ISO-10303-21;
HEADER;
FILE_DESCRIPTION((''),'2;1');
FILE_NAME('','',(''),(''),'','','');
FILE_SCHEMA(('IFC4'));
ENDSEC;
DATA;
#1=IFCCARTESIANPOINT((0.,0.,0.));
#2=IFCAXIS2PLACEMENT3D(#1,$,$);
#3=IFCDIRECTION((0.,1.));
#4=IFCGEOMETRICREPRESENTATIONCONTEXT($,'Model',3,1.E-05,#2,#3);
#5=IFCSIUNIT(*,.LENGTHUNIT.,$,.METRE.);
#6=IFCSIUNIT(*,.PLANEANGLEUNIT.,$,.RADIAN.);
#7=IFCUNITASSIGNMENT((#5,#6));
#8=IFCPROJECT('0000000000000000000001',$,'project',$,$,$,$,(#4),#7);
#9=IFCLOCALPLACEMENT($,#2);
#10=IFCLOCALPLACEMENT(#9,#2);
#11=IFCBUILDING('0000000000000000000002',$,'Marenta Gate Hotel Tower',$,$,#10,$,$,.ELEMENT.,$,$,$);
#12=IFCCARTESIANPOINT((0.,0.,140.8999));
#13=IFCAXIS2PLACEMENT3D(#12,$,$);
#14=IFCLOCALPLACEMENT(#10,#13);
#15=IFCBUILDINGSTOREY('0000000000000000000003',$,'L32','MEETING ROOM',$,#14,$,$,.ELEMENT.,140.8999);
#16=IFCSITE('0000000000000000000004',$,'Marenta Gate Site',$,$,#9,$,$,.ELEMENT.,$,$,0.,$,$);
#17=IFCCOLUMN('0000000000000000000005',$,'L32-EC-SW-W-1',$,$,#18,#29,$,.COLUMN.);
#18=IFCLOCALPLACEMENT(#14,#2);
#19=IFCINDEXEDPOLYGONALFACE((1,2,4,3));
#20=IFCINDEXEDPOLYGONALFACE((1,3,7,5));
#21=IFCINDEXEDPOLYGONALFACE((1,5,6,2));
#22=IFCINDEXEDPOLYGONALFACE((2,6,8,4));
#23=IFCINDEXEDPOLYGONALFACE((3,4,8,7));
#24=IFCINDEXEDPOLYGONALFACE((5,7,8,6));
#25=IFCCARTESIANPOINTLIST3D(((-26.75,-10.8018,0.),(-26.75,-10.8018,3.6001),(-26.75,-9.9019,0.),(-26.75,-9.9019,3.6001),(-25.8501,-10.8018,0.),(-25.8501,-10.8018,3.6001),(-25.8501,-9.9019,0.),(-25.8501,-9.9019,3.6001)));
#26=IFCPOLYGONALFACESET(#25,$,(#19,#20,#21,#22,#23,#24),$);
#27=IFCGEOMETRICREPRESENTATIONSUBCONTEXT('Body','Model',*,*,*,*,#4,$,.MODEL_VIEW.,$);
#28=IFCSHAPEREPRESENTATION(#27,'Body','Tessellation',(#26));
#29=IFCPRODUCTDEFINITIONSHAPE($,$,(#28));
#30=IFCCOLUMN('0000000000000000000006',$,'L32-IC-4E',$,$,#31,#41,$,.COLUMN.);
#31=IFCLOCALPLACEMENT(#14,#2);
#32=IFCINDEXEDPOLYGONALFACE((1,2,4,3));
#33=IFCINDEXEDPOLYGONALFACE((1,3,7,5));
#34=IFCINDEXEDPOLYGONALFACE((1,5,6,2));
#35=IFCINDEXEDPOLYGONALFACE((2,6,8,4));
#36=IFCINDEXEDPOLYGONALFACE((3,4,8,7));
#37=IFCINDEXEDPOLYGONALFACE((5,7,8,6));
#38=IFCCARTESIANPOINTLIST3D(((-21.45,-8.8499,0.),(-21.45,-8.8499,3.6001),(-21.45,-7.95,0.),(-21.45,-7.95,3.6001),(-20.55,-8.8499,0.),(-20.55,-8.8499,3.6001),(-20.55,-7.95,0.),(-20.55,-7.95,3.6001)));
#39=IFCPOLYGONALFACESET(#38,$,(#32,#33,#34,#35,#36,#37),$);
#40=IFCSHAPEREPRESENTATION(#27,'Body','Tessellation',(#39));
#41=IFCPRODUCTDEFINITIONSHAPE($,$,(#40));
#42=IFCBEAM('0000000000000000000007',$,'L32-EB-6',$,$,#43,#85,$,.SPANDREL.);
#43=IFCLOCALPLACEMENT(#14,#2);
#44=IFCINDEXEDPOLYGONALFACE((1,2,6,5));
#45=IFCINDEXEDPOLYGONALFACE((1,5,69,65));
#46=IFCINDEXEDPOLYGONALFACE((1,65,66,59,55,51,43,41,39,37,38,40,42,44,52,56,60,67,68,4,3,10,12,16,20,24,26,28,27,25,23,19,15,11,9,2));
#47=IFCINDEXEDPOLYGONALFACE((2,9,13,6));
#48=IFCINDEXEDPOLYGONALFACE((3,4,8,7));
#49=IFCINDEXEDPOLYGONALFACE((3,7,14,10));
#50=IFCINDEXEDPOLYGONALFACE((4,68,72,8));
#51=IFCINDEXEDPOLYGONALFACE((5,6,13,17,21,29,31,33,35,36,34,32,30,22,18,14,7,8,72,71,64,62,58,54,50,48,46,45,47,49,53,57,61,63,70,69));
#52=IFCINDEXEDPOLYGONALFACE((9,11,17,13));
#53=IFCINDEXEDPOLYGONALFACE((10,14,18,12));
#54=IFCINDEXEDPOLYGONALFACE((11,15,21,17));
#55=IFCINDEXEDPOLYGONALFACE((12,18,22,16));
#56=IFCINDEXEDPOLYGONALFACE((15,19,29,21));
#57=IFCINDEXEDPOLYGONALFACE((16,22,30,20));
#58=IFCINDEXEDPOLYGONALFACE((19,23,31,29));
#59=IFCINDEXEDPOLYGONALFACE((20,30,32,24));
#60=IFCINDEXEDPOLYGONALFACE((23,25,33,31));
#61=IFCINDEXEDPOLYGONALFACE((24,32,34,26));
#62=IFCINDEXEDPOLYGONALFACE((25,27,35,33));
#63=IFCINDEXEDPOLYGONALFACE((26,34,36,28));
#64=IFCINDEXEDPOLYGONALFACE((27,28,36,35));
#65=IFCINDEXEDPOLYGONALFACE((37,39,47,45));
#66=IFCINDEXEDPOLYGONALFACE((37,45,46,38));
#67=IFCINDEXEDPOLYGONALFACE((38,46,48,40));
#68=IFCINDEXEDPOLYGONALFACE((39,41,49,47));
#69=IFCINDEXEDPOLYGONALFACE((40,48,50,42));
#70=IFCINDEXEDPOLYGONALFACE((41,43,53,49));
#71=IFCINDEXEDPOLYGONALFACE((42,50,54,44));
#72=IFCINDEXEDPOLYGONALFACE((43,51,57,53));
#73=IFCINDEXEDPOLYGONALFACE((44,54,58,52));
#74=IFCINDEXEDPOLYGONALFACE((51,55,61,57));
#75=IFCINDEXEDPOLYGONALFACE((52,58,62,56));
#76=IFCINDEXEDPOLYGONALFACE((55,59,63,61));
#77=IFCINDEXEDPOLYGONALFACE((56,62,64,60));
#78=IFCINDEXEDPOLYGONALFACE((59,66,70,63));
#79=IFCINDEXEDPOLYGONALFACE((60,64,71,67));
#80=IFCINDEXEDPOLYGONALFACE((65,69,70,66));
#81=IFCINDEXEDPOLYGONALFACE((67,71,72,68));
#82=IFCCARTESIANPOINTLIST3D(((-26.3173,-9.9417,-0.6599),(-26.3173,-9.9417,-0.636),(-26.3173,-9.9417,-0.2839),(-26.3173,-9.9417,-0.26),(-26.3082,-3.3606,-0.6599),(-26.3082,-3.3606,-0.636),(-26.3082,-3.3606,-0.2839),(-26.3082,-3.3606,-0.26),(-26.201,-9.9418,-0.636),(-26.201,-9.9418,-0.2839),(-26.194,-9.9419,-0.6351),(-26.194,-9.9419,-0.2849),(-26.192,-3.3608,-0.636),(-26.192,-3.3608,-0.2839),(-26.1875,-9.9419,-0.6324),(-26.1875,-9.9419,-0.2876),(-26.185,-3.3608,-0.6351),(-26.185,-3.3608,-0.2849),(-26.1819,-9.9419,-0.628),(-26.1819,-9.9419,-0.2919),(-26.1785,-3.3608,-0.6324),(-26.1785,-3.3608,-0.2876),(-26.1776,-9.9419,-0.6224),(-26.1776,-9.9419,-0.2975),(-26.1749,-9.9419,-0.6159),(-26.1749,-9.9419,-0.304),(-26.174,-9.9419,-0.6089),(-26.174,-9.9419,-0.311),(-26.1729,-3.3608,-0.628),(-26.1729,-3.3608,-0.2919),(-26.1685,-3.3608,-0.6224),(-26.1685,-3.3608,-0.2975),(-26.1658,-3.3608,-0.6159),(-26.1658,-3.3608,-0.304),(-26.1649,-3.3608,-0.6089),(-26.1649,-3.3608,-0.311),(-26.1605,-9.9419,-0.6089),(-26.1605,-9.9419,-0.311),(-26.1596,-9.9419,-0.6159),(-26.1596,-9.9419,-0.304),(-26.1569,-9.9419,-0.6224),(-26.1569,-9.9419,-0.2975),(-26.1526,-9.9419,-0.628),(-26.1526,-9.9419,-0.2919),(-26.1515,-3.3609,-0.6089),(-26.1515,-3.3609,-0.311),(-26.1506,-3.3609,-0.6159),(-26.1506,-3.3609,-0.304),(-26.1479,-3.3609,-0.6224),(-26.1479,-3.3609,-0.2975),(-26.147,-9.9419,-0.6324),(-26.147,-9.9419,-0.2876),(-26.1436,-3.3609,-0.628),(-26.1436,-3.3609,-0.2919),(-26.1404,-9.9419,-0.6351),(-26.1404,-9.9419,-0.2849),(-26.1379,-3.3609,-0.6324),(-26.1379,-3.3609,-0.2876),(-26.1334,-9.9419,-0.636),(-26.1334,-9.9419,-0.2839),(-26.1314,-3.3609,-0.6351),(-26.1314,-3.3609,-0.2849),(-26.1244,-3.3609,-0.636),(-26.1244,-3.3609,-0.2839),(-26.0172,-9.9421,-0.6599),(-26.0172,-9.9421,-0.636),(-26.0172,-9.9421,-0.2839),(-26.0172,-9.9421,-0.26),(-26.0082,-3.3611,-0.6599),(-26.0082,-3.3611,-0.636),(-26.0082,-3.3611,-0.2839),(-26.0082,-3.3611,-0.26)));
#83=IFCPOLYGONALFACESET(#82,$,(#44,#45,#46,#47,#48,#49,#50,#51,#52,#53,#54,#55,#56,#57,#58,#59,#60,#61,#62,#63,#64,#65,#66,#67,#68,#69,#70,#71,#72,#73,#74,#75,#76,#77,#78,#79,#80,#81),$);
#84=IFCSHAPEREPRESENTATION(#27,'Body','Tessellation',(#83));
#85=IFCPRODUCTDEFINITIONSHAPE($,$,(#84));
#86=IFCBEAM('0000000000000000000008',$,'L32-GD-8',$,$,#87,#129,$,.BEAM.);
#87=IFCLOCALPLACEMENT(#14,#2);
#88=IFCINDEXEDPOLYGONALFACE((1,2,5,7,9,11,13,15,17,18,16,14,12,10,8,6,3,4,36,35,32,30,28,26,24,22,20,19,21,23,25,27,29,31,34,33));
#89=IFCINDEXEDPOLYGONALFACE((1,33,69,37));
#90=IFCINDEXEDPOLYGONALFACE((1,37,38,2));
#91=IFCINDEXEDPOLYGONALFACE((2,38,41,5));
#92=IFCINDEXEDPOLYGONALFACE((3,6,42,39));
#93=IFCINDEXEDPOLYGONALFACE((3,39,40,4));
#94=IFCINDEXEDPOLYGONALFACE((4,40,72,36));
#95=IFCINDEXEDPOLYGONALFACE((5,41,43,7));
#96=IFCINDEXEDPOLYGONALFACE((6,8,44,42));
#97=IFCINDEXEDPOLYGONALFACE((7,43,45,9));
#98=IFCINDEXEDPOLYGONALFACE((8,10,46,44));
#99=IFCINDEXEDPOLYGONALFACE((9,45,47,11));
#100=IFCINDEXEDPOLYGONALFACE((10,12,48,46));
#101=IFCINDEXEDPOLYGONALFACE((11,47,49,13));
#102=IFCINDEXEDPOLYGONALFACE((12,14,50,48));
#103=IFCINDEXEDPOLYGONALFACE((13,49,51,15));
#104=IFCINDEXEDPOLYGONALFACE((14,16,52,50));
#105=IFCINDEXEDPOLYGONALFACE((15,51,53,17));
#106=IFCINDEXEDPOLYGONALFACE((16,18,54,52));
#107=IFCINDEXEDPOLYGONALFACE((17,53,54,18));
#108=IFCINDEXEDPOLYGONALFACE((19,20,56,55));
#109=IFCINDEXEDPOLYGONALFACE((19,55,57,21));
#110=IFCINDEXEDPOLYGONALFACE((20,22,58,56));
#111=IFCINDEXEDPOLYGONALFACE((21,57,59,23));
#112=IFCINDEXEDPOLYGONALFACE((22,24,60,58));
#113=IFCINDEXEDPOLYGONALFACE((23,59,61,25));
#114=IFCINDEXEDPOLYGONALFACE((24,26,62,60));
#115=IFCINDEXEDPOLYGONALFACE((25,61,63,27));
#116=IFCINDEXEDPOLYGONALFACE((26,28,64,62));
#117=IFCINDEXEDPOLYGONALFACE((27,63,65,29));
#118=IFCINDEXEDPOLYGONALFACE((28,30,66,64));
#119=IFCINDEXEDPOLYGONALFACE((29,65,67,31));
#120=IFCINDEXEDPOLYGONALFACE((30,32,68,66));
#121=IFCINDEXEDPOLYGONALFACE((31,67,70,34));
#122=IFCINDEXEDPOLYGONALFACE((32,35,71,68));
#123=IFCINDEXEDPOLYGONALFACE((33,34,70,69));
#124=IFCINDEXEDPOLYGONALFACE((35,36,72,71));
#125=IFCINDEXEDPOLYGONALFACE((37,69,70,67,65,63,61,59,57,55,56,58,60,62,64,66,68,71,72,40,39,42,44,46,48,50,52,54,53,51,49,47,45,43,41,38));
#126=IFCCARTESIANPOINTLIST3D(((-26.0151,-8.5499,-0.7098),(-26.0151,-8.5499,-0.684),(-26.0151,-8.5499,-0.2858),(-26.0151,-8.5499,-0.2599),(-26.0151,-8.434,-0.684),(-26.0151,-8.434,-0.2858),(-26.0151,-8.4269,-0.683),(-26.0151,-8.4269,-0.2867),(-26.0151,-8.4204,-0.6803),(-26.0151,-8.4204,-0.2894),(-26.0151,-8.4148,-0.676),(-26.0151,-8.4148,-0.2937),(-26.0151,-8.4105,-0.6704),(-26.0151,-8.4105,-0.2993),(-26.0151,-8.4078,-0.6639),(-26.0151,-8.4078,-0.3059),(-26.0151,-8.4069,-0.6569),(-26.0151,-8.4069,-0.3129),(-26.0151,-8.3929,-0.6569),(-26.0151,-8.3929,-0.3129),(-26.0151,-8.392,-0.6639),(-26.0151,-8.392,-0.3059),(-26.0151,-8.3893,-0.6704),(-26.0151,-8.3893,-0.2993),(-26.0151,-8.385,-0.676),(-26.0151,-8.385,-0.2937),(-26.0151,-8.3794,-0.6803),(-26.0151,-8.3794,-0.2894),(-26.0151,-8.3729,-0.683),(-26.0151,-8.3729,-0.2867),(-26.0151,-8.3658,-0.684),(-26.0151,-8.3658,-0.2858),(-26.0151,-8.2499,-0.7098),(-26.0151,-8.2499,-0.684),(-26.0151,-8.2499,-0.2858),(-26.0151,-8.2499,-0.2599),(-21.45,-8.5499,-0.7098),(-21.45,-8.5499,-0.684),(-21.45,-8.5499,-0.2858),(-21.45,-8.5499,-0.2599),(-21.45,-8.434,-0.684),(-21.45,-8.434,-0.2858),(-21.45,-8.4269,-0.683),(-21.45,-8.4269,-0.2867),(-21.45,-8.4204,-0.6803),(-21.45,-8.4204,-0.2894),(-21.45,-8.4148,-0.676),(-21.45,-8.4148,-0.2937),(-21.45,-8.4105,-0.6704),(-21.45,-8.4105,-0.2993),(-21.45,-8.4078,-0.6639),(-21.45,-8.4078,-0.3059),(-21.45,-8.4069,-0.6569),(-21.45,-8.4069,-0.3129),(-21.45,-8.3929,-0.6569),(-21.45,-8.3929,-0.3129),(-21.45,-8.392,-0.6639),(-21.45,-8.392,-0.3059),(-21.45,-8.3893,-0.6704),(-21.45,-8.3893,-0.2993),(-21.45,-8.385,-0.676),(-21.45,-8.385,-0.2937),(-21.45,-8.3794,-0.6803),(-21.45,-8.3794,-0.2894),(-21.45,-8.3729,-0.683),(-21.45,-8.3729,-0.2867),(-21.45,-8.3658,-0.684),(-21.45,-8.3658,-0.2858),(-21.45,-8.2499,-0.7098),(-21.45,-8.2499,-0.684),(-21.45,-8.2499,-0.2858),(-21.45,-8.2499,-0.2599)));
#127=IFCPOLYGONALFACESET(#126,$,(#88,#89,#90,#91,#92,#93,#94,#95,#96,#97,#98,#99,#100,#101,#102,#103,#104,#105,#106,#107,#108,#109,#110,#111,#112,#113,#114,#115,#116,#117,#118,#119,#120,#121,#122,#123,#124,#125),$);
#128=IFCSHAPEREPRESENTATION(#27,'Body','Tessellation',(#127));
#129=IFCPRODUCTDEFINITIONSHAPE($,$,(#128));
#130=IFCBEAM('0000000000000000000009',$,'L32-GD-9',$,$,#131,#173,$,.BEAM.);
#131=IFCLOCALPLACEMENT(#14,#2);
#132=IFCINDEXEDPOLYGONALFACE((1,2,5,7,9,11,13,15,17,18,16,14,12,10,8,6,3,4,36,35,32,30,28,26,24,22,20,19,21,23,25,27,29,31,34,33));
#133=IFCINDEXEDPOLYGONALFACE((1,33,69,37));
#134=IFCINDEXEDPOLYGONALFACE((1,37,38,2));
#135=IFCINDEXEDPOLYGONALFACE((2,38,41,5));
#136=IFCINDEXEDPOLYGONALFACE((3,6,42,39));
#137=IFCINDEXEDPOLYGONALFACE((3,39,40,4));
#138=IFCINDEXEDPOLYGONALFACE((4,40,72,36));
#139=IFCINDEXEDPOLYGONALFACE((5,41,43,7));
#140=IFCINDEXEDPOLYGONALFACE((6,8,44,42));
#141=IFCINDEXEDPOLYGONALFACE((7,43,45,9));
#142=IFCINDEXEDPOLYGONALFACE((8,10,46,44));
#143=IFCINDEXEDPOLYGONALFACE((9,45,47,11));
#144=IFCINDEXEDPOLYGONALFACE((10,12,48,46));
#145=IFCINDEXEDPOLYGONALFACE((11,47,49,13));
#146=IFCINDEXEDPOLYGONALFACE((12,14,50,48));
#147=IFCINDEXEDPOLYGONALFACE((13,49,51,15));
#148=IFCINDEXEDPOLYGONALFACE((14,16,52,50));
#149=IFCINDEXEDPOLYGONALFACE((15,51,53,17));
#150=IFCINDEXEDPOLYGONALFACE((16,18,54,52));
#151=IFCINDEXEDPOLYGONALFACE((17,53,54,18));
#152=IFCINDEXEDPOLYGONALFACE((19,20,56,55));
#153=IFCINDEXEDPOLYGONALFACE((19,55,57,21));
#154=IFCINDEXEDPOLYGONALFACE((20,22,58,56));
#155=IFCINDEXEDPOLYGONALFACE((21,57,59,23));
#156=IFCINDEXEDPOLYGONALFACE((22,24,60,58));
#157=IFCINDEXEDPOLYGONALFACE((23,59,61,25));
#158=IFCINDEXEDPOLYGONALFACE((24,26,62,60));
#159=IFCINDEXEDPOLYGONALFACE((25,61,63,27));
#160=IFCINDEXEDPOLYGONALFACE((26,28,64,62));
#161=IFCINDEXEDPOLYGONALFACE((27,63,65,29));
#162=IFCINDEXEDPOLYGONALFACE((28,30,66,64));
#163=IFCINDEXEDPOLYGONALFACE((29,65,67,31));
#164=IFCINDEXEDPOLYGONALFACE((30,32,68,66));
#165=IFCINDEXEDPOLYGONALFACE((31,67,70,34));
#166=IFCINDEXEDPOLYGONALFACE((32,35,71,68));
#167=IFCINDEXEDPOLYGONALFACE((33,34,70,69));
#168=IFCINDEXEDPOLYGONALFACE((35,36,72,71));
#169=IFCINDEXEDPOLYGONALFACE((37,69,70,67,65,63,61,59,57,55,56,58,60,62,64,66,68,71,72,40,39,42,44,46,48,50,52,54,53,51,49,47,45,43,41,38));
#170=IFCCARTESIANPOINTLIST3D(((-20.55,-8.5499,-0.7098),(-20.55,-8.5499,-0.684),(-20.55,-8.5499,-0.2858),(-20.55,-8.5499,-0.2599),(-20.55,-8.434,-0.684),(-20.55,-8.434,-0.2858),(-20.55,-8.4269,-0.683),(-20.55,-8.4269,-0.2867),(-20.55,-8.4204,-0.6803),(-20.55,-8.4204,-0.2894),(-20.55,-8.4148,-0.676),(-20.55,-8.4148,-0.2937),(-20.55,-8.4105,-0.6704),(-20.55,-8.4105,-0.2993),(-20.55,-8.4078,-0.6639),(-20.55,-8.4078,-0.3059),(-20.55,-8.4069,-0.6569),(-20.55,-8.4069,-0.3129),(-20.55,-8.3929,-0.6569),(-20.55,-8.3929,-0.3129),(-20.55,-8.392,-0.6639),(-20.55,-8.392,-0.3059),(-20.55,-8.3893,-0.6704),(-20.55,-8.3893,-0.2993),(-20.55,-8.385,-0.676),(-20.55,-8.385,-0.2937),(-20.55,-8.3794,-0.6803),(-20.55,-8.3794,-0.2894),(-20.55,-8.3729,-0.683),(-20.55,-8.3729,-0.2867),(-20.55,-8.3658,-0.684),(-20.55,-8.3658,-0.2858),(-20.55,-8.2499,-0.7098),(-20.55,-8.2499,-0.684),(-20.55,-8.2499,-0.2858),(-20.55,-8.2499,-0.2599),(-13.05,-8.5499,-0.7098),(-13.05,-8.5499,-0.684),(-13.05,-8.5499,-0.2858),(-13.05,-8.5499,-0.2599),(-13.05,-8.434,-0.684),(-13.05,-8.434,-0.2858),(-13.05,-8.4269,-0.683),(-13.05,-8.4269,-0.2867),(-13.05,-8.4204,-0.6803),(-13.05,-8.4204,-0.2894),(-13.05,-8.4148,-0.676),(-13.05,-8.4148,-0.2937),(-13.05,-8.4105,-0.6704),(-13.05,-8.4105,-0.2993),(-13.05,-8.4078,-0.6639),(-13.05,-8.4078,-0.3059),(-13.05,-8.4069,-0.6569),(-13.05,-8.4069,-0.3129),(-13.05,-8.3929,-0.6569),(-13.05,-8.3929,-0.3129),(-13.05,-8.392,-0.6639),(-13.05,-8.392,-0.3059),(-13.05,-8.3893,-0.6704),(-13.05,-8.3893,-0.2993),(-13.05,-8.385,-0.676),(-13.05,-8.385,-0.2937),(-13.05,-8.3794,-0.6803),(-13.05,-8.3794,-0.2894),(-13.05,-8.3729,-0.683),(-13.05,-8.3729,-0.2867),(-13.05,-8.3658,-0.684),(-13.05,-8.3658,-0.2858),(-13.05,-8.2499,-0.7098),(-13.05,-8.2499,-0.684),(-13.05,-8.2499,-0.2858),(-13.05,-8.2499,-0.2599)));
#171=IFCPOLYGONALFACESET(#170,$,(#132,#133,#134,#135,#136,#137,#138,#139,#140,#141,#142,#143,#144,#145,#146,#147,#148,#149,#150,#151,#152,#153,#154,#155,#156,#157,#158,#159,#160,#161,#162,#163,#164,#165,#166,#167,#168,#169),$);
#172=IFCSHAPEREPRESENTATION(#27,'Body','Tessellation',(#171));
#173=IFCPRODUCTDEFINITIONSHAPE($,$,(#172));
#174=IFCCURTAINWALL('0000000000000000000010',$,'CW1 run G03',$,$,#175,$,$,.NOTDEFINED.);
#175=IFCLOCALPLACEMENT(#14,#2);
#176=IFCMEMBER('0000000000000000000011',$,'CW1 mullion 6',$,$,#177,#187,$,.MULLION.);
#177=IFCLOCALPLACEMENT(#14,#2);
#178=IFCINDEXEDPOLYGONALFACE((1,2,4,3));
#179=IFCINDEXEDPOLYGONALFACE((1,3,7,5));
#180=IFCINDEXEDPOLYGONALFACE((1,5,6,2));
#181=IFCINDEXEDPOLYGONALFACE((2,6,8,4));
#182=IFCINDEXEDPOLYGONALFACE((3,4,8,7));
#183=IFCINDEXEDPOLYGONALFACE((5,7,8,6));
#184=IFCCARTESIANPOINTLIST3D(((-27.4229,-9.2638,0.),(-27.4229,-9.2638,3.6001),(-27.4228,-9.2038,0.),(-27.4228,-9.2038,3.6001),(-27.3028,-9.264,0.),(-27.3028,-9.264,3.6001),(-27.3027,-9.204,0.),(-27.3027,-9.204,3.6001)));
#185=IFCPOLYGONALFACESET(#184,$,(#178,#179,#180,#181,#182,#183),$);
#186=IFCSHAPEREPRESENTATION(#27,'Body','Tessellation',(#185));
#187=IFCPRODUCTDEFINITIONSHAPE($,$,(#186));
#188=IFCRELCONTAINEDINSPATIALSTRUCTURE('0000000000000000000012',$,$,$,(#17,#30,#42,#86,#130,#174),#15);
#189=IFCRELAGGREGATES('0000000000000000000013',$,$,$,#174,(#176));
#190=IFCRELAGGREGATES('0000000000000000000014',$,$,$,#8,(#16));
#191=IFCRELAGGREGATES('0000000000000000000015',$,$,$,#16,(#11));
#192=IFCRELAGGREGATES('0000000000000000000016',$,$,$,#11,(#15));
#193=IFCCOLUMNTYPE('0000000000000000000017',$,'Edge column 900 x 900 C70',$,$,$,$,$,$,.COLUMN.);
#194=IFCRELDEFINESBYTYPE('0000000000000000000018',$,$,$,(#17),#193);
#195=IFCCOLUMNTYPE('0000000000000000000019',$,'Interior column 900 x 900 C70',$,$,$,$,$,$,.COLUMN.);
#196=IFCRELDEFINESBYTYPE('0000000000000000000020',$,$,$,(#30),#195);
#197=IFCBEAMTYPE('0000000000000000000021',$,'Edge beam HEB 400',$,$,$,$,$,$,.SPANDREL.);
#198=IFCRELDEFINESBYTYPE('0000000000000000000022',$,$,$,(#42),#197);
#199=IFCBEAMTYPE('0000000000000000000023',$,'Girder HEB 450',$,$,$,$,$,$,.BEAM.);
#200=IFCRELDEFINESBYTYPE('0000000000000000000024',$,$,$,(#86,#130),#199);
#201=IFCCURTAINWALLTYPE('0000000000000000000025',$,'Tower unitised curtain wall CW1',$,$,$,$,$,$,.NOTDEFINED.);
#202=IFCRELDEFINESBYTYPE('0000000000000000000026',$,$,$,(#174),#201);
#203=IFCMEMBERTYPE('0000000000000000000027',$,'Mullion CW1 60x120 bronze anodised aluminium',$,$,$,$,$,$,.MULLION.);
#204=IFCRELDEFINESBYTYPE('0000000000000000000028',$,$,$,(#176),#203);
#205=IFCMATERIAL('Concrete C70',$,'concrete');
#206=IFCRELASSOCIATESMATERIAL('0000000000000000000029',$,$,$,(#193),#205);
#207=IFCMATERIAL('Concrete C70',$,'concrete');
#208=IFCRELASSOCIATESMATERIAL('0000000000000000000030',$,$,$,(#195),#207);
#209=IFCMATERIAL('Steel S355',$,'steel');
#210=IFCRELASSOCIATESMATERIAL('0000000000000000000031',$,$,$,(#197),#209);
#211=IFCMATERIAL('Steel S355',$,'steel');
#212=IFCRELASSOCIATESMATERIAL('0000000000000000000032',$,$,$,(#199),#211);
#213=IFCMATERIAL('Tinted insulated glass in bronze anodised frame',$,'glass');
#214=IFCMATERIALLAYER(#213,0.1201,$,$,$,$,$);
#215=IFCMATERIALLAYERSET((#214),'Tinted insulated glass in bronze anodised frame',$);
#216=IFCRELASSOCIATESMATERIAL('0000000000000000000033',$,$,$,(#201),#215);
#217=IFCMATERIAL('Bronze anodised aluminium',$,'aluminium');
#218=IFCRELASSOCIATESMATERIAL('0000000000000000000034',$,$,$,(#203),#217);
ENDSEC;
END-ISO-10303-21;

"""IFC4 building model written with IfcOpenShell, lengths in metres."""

from ifc_helpers import new_model, si_unit, direction, frame, origin, origin_2d, place, context, subcontext, project, spatial, rectangle, i_section, extrude, material, layer, layer_set, material_profile, profile_set, type_object, element, aggregate, save


model = new_model("IFC4")

# Units and contexts
model_context = context("Model", 3, precision=1e-05, world=origin(), true_north=direction((0.0, 1.0)))
body_context = subcontext(model_context, "Body", "Model", "MODEL_VIEW")
ifc_project = project(units=[si_unit("LENGTHUNIT", "METRE"), si_unit("PLANEANGLEUNIT", "RADIAN")], contexts=[model_context])

# Site, building, storey
site_placement = place(None, origin())
site = spatial("IfcSite", under=ifc_project, at=site_placement, Name="Marenta Gate Site", CompositionType="ELEMENT", RefElevation=0.0)
building_placement = place(site_placement, origin())
building = spatial("IfcBuilding", under=site, at=building_placement, Name="Marenta Gate Hotel Tower", CompositionType="ELEMENT")
storey_placement = place(building_placement, frame((0.0, 0.0, 140.8999)))
storey = spatial("IfcBuildingStorey", under=building, at=storey_placement, Name="L32", Description="MEETING ROOM", CompositionType="ELEMENT", Elevation=140.8999)

# Columns
ifc_material_1 = material(Name="Concrete C70", Category="concrete")
ifc_material_profile_1 = material_profile(ifc_material_1, rectangle(XDim=0.8999, YDim=0.8999, at=origin_2d()), Name="900 x 900")
ifc_profile_set_1 = profile_set([ifc_material_profile_1], Name="Concrete C70")
column_type_1 = type_object("IfcColumnType", Name="Edge column 900 x 900 C70", PredefinedType="COLUMN", material=ifc_profile_set_1)
column_1_placement = place(storey_placement, frame((-26.3, -10.3518, 0.0), z_axis=(0.0, 0.0, 1.0), x_axis=(1.0, 0.0, 0.0)))
element("IfcColumn", 1, at=column_1_placement, inside=storey, type_object=column_type_1, Name="L32-EC-SW-W-1", PredefinedType="COLUMN", context=body_context, shape_type="SweptSolid", body=[
    extrude(rectangle(XDim=0.8999, YDim=0.8999, at=origin_2d()), origin(), (0.0, 0.0, 1.0), 3.6001),
])
ifc_material_2 = material(Name="Concrete C70", Category="concrete")
ifc_material_profile_2 = material_profile(ifc_material_2, rectangle(XDim=0.8999, YDim=0.8999, at=origin_2d()), Name="900 x 900")
ifc_profile_set_2 = profile_set([ifc_material_profile_2], Name="Concrete C70")
column_type_2 = type_object("IfcColumnType", Name="Interior column 900 x 900 C70", PredefinedType="COLUMN", material=ifc_profile_set_2)
column_2_placement = place(storey_placement, frame((-21.0, -8.3999, 0.0), z_axis=(0.0, 0.0, 1.0), x_axis=(1.0, 0.0, 0.0)))
element("IfcColumn", 2, at=column_2_placement, inside=storey, type_object=column_type_2, Name="L32-IC-4E", PredefinedType="COLUMN", context=body_context, shape_type="SweptSolid", body=[
    extrude(rectangle(XDim=0.8999, YDim=0.8999, at=origin_2d()), origin(), (0.0, 0.0, 1.0), 3.6001),
])

# Beams
ifc_material_3 = material(Name="Steel S355", Category="steel")
ifc_material_profile_3 = material_profile(ifc_material_3, i_section(OverallWidth=0.3, OverallDepth=0.3999, WebThickness=0.0134, FlangeThickness=0.0239, FilletRadius=0.0271, at=origin_2d()), Name="HEB 400")
ifc_profile_set_3 = profile_set([ifc_material_profile_3], Name="Steel S355")
beam_type_1 = type_object("IfcBeamType", Name="Edge beam HEB 400", PredefinedType="SPANDREL", material=ifc_profile_set_3)
beam_1_placement = place(storey_placement, frame((-26.1672, -9.9419, -0.46), z_axis=(0.001373, 0.999999, 0.0), x_axis=(-0.999999, 0.001373, 0.0)))
element("IfcBeam", 3, at=beam_1_placement, inside=storey, type_object=beam_type_1, Name="L32-EB-6", PredefinedType="SPANDREL", context=body_context, shape_type="SweptSolid", body=[
    extrude(i_section(OverallWidth=0.3, OverallDepth=0.3999, WebThickness=0.0134, FlangeThickness=0.0239, FilletRadius=0.0271, at=origin_2d()), origin(), (0.0, 0.0, 1.0), 6.5811),
])
ifc_material_4 = material(Name="Steel S355", Category="steel")
ifc_material_profile_4 = material_profile(ifc_material_4, i_section(OverallWidth=0.3, OverallDepth=0.45, WebThickness=0.0139, FlangeThickness=0.0259, FilletRadius=0.0271, at=origin_2d()), Name="HEB 450")
ifc_profile_set_4 = profile_set([ifc_material_profile_4], Name="Steel S355")
beam_type_2 = type_object("IfcBeamType", Name="Girder HEB 450", PredefinedType="BEAM", material=ifc_profile_set_4)
beam_2_placement = place(storey_placement, frame((-26.0151, -8.3999, -0.4849), z_axis=(1.0, 0.0, 0.0), x_axis=(0.0, 1.0, 0.0)))
element("IfcBeam", 4, at=beam_2_placement, inside=storey, type_object=beam_type_2, Name="L32-GD-8", PredefinedType="BEAM", context=body_context, shape_type="SweptSolid", body=[
    extrude(i_section(OverallWidth=0.3, OverallDepth=0.45, WebThickness=0.0139, FlangeThickness=0.0259, FilletRadius=0.0271, at=origin_2d()), origin(), (0.0, 0.0, 1.0), 4.5652),
])
beam_3_placement = place(storey_placement, frame((-20.55, -8.3999, -0.4849), z_axis=(1.0, 0.0, 0.0), x_axis=(0.0, 1.0, 0.0)))
element("IfcBeam", 5, at=beam_3_placement, inside=storey, type_object=beam_type_2, Name="L32-GD-9", PredefinedType="BEAM", context=body_context, shape_type="SweptSolid", body=[
    extrude(i_section(OverallWidth=0.3, OverallDepth=0.45, WebThickness=0.0139, FlangeThickness=0.0259, FilletRadius=0.0271, at=origin_2d()), origin(), (0.0, 0.0, 1.0), 7.5),
])

# Curtain wall, member
ifc_material_5 = material(Name="Tinted insulated glass in bronze anodised frame", Category="glass")
ifc_layer_1 = layer(ifc_material_5, 0.1201)
ifc_layer_set_1 = layer_set([ifc_layer_1], Name="Tinted insulated glass in bronze anodised frame")
curtain_wall_type = type_object("IfcCurtainWallType", Name="Tower unitised curtain wall CW1", PredefinedType="NOTDEFINED", material=ifc_layer_set_1)
curtain_wall_placement = place(storey_placement, origin())
curtain_wall = element("IfcCurtainWall", 6, at=curtain_wall_placement, inside=storey, type_object=curtain_wall_type, Name="CW1 run G03", PredefinedType="NOTDEFINED")
ifc_material_6 = material(Name="Bronze anodised aluminium", Category="aluminium")
ifc_material_profile_5 = material_profile(ifc_material_6, rectangle(XDim=0.1201, YDim=0.0601, at=origin_2d()), Name="Mullion CW1 60x120 bronze anodised aluminium")
ifc_profile_set_5 = profile_set([ifc_material_profile_5], Name="Bronze anodised aluminium")
member_type_1 = type_object("IfcMemberType", Name="Mullion CW1 60x120 bronze anodised aluminium", PredefinedType="MULLION", material=ifc_profile_set_5)
member_1_placement = place(storey_placement, frame((-27.3628, -9.2339, 0.0), z_axis=(0.0, 0.0, 1.0), x_axis=(0.999999, -0.001566, 0.0)))
member_1 = element("IfcMember", 7, at=member_1_placement, type_object=member_type_1, Name="CW1 mullion 6", PredefinedType="MULLION", context=body_context, shape_type="SweptSolid", body=[
    extrude(rectangle(XDim=0.1201, YDim=0.0601, at=origin_2d()), origin(), (0.0, 0.0, 1.0), 3.6001),
])
aggregate(curtain_wall, [member_1])

save(model, "model.ifc")
